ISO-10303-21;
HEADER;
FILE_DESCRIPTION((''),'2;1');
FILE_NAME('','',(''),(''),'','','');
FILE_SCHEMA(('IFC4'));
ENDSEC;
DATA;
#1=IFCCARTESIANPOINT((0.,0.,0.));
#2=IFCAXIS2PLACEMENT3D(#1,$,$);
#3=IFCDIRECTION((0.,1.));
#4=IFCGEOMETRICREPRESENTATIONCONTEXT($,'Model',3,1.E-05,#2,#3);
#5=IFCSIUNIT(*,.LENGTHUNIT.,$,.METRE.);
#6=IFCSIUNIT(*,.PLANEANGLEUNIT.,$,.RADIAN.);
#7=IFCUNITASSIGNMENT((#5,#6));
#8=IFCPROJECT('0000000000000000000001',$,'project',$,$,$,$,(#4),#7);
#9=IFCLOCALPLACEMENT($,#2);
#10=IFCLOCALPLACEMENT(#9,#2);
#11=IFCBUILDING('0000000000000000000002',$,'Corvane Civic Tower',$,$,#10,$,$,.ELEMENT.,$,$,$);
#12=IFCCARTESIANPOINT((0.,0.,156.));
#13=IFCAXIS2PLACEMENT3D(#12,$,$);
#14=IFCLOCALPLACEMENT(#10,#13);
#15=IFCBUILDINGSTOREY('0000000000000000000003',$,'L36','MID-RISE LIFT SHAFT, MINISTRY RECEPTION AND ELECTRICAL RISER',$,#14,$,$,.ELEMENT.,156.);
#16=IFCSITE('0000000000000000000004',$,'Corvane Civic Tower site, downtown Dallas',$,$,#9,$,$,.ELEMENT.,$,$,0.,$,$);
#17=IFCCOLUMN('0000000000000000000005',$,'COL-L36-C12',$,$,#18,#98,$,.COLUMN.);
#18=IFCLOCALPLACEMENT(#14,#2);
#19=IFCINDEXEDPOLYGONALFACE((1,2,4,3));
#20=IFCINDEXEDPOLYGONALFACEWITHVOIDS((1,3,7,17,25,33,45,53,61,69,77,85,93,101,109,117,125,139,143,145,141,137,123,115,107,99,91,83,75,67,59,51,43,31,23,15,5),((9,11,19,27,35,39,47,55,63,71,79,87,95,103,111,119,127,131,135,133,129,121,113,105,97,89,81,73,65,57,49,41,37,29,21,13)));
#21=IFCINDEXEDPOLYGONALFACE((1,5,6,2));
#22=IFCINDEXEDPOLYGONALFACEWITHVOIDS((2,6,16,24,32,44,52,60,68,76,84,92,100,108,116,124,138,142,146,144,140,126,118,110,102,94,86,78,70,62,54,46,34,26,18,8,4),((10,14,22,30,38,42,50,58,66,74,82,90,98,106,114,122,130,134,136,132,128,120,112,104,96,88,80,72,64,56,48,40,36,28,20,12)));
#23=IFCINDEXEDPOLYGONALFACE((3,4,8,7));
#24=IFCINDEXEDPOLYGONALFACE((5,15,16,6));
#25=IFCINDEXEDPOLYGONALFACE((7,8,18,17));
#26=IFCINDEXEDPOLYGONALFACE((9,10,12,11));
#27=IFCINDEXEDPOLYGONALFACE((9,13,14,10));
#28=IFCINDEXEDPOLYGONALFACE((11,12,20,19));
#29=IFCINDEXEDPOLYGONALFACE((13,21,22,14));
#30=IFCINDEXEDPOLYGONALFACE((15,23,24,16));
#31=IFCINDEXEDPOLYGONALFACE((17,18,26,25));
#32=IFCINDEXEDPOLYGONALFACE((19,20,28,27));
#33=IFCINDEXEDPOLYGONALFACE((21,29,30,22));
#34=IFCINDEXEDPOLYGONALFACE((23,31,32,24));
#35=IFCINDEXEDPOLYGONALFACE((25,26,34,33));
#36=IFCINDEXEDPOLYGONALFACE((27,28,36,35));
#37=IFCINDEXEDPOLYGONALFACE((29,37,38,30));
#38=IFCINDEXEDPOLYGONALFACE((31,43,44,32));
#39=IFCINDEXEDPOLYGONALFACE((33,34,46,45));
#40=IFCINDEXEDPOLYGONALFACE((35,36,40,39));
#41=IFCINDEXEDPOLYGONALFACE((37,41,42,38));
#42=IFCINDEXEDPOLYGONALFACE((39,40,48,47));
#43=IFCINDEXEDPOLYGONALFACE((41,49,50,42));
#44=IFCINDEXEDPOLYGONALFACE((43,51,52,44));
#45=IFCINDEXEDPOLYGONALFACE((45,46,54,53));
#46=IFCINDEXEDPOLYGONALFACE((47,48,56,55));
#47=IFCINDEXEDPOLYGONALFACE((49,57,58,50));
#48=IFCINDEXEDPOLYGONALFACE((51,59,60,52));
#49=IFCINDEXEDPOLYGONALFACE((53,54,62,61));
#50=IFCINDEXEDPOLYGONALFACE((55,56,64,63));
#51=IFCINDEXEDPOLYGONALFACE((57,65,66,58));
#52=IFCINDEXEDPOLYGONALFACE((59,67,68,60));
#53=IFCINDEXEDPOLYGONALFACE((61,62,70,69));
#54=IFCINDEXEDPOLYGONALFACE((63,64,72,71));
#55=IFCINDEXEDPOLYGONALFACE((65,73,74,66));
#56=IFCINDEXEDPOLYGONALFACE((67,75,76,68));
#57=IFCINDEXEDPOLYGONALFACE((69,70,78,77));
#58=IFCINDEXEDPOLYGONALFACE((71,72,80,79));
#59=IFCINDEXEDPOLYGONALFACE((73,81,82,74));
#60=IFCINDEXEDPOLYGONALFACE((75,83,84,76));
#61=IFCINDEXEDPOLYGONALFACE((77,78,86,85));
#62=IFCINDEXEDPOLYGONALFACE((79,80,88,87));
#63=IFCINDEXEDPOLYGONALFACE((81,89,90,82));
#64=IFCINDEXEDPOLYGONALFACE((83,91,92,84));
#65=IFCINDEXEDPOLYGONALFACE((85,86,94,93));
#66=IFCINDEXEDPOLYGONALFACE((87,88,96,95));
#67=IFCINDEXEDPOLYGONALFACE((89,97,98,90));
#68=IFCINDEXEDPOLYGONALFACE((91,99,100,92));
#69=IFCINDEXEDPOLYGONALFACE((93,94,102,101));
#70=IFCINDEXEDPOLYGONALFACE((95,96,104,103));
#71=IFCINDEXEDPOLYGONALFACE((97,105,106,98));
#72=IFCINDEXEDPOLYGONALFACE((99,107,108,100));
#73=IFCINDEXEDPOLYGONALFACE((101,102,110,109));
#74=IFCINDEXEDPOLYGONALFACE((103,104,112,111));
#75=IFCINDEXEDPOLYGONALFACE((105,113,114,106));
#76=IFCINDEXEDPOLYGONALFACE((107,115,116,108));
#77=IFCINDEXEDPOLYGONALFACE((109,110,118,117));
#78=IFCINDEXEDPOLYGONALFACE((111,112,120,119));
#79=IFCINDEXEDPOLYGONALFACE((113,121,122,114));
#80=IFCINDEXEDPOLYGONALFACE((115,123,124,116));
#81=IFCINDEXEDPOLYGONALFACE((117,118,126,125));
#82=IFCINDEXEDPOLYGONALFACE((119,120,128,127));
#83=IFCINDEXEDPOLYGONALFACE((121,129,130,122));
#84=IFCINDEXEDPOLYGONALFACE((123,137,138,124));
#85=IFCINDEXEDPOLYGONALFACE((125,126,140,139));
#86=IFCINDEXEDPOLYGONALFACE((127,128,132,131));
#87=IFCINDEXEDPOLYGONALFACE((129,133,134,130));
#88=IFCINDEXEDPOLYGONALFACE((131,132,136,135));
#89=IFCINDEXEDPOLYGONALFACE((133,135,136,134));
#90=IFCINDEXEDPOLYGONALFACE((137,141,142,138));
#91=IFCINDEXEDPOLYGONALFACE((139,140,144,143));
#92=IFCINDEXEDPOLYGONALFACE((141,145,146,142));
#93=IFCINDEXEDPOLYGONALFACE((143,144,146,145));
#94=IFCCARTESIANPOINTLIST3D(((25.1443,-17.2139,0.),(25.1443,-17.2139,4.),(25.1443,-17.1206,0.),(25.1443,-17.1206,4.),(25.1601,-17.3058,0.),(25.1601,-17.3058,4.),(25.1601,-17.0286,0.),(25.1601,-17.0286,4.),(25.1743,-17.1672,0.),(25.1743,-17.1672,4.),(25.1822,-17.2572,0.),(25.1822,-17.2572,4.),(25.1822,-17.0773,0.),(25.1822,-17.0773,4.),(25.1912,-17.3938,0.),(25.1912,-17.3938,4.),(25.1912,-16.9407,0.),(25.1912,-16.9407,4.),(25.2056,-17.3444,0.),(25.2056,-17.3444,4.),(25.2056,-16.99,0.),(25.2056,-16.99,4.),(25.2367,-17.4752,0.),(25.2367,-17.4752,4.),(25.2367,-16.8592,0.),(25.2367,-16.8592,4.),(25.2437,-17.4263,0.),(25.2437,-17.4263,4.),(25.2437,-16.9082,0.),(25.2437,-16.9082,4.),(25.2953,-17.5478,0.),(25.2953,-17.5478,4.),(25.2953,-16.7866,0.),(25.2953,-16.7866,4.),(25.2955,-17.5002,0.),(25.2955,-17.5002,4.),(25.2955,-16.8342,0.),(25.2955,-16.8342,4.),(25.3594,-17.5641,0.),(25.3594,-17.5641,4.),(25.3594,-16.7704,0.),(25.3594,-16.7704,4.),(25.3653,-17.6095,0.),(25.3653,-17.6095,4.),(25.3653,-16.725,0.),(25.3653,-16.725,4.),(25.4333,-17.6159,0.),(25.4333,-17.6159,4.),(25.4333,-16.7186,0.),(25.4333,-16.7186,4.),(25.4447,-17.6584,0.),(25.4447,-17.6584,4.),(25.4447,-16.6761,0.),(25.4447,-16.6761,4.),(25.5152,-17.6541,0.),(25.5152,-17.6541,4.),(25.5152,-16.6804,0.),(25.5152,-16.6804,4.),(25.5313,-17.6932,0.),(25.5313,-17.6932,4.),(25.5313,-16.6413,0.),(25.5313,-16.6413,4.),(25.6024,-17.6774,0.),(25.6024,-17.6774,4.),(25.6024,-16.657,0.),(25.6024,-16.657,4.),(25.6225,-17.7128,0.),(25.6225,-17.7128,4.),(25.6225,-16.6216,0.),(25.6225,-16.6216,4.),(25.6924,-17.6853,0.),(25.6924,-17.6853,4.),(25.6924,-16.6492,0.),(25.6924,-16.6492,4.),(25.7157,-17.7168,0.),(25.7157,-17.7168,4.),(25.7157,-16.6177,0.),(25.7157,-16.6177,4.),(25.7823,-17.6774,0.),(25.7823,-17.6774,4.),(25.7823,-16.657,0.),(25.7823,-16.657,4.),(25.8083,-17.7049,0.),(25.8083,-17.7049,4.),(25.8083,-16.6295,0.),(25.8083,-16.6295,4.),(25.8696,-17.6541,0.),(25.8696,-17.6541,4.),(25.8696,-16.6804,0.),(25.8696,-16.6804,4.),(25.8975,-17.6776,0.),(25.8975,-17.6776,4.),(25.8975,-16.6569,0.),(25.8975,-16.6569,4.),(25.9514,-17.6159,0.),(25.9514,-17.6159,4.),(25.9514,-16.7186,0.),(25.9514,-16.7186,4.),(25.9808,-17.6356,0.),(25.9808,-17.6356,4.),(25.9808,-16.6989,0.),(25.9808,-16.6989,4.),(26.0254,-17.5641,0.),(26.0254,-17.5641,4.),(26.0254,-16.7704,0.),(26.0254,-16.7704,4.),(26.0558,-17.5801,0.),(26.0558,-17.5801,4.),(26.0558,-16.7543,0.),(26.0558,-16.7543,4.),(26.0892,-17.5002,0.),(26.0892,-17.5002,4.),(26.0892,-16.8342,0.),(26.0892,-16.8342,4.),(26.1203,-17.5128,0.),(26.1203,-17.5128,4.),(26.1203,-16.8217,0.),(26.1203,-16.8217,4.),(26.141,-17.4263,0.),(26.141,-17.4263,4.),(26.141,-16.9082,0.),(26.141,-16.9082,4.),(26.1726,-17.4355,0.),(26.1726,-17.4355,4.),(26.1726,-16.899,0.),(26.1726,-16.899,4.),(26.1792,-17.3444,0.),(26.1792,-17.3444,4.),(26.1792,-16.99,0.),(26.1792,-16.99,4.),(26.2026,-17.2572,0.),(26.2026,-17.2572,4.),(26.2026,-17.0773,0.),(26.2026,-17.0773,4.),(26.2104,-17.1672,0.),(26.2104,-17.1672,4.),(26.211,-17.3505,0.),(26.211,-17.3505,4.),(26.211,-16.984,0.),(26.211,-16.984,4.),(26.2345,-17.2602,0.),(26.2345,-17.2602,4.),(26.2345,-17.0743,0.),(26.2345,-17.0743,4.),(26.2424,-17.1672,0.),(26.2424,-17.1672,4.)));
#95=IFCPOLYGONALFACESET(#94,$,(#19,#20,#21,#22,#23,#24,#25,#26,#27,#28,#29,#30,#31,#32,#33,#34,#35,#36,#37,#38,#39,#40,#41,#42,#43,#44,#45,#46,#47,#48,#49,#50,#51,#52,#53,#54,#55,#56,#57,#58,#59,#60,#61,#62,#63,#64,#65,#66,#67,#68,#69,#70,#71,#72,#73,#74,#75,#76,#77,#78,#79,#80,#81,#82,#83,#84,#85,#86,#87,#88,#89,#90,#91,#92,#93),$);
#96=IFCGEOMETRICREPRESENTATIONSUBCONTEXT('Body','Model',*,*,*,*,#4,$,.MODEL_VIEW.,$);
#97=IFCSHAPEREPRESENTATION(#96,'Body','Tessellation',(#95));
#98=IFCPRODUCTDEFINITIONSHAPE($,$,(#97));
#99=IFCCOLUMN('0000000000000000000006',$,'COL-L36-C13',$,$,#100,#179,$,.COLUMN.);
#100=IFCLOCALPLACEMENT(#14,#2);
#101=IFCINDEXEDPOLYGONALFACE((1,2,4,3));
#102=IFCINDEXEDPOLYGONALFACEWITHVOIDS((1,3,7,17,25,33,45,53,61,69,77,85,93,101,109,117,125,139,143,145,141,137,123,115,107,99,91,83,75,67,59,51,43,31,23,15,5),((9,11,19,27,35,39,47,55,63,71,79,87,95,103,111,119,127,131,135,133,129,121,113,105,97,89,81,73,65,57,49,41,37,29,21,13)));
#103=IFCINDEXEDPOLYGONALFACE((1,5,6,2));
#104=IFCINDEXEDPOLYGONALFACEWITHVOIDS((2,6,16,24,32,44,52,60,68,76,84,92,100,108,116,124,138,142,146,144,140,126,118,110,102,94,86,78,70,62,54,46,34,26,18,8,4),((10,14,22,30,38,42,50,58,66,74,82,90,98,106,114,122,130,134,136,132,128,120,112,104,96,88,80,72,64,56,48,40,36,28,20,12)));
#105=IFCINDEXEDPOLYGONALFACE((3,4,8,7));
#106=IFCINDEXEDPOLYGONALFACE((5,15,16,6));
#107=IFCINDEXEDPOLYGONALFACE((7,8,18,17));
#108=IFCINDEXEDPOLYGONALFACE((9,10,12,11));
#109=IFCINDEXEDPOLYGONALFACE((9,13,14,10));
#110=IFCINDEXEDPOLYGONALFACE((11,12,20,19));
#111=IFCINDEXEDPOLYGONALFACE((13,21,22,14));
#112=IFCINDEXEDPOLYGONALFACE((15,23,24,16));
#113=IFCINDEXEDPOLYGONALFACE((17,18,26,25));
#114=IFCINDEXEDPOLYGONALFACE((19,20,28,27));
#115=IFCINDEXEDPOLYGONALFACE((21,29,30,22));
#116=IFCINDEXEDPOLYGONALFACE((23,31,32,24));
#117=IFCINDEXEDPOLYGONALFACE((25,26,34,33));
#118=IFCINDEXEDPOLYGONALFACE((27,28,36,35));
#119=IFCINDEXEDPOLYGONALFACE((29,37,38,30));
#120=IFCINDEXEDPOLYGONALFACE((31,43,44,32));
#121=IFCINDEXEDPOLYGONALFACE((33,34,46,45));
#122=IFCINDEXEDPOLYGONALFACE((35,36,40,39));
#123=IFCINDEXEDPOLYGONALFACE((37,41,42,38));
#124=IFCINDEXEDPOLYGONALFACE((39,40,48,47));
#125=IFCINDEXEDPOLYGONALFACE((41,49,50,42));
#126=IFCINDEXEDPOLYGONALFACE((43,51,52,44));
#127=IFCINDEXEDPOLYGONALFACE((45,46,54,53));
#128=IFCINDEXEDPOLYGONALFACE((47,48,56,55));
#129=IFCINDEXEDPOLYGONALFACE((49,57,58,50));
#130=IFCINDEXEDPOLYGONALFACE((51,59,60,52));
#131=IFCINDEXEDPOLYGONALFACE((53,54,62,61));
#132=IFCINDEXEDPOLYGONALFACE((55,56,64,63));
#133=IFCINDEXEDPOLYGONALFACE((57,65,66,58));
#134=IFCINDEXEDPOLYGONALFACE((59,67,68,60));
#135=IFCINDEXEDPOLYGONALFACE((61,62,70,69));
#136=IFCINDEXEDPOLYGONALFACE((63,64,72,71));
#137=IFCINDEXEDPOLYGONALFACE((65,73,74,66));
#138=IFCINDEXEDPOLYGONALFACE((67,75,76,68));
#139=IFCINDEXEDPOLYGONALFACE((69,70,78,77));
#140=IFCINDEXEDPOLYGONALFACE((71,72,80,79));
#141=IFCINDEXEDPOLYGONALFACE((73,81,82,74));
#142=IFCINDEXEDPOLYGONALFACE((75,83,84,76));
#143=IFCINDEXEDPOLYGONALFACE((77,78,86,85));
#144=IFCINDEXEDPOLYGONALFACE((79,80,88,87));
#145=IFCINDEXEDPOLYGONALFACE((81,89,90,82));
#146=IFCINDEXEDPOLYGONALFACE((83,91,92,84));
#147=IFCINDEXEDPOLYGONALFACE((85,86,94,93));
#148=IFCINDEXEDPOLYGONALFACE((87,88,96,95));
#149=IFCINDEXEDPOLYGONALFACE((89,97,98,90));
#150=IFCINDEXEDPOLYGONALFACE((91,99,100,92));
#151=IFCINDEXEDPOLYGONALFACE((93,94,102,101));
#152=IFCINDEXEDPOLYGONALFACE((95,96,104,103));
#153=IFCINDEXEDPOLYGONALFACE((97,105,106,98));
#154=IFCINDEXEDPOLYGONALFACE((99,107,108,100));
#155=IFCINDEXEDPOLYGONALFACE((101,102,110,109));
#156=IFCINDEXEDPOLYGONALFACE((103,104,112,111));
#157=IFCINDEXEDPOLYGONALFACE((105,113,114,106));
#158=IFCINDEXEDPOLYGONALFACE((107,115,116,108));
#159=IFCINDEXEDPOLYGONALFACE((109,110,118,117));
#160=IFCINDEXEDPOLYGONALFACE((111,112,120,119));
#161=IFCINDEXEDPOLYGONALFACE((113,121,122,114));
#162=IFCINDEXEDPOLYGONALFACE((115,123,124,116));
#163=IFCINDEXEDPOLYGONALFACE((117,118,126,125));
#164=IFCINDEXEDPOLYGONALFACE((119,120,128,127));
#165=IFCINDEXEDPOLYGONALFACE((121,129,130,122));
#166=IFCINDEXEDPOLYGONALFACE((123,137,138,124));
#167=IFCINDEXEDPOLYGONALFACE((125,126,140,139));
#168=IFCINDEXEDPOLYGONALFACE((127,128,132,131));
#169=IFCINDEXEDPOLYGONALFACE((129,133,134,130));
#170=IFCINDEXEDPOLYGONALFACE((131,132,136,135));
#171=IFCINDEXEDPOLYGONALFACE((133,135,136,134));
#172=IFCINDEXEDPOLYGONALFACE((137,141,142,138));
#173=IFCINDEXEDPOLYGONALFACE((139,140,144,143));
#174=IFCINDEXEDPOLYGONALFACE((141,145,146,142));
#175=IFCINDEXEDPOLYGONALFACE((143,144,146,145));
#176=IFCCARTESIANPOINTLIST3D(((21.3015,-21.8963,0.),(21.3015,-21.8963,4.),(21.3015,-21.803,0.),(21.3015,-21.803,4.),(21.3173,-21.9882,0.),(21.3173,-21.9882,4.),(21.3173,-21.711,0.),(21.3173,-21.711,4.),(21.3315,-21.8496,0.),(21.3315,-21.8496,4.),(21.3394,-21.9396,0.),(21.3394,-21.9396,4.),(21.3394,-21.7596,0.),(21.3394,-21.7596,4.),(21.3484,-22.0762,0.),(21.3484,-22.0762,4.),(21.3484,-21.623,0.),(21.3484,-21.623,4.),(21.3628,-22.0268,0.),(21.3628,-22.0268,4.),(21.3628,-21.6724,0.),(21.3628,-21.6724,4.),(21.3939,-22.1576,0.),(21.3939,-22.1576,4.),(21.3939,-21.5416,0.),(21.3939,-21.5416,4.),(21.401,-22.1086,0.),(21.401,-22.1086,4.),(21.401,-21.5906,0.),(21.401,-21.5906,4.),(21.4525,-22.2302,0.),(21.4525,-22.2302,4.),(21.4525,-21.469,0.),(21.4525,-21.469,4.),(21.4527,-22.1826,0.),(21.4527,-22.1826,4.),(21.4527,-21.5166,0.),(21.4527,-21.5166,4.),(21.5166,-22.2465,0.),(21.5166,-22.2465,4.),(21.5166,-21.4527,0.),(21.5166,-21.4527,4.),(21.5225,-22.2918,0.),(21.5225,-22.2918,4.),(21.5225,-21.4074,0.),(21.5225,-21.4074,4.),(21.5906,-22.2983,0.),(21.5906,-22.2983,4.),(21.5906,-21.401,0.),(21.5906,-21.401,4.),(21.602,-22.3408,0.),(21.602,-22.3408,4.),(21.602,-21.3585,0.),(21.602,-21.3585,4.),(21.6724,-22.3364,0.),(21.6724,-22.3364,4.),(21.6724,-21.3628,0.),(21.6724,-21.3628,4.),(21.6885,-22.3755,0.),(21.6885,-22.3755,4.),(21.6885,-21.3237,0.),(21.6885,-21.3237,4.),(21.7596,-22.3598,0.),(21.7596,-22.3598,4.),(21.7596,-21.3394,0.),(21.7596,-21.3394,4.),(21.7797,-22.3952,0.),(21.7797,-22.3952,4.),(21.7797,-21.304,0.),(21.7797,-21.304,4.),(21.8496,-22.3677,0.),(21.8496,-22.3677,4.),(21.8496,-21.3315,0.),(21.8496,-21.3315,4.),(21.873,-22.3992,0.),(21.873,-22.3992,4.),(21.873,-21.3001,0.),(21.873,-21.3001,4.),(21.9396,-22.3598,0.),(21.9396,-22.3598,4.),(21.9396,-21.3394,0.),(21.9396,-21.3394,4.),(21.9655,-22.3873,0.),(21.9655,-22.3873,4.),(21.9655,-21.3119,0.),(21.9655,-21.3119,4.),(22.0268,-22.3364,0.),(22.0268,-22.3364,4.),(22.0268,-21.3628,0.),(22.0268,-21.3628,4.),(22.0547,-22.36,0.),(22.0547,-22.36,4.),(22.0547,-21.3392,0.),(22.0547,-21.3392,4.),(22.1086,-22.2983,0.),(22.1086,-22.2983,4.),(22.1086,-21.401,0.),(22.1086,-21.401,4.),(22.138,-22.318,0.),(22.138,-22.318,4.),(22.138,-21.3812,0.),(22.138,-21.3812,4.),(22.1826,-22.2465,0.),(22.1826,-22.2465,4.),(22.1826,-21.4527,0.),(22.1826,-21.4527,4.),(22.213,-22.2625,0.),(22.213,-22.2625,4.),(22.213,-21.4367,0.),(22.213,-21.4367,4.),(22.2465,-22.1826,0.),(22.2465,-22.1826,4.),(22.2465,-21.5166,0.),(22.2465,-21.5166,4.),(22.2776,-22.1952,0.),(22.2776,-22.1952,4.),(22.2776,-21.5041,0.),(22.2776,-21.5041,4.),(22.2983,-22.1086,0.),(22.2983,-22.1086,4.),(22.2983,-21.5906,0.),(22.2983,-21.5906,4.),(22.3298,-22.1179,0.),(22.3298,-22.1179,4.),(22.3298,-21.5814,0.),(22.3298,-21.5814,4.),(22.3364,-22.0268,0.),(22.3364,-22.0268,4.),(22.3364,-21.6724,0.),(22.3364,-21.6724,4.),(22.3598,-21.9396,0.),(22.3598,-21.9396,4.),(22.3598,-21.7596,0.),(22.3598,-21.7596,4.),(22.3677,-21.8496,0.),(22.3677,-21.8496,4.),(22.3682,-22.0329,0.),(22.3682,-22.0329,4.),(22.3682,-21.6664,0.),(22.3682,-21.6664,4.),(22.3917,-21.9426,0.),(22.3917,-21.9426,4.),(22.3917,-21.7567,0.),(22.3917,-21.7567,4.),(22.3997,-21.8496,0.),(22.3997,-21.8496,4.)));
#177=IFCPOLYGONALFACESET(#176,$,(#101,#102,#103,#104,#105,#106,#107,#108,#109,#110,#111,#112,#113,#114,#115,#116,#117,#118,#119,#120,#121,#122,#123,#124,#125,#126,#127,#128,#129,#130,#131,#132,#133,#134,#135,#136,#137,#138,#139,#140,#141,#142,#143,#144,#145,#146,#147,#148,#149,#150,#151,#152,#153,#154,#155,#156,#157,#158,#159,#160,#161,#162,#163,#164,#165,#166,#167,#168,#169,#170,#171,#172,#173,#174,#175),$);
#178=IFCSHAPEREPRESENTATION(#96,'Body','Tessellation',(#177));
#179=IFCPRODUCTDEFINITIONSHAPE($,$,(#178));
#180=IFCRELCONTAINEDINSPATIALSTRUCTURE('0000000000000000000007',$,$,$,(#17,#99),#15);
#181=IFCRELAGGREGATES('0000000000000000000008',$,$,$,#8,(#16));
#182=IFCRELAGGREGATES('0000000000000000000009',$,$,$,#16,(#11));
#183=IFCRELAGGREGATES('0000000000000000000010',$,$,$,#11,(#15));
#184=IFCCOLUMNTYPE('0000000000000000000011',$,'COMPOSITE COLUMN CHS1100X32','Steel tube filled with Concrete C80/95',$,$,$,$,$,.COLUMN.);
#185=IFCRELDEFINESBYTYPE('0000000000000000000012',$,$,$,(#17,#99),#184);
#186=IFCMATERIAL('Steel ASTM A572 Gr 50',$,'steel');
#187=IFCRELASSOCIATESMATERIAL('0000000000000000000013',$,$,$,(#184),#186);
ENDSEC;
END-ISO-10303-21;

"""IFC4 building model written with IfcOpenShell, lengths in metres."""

from ifc_helpers import new_model, si_unit, direction, frame, origin, origin_2d, place, context, subcontext, project, spatial, hollow_circle, extrude, material, material_profile, profile_set, type_object, element, save


model = new_model("IFC4")

# Units and contexts
model_context = context("Model", 3, precision=1e-05, world=origin(), true_north=direction((0.0, 1.0)))
body_context = subcontext(model_context, "Body", "Model", "MODEL_VIEW")
ifc_project = project(units=[si_unit("LENGTHUNIT", "METRE"), si_unit("PLANEANGLEUNIT", "RADIAN")], contexts=[model_context])

# Site, building, storey
site_placement = place(None, origin())
site = spatial("IfcSite", under=ifc_project, at=site_placement, Name="Corvane Civic Tower site, downtown Dallas", CompositionType="ELEMENT", RefElevation=0.0)
building_placement = place(site_placement, origin())
building = spatial("IfcBuilding", under=site, at=building_placement, Name="Corvane Civic Tower", CompositionType="ELEMENT")
storey_placement = place(building_placement, frame((0.0, 0.0, 156.0)))
storey = spatial("IfcBuildingStorey", under=building, at=storey_placement, Name="L36", Description="MID-RISE LIFT SHAFT, MINISTRY RECEPTION AND ELECTRICAL RISER", CompositionType="ELEMENT", Elevation=156.0)

# Columns
ifc_material_1 = material(Name="Steel ASTM A572 Gr 50", Category="steel")
ifc_material_profile_1 = material_profile(ifc_material_1, hollow_circle(Radius=0.55, WallThickness=0.032, at=origin_2d()), Name="CHS1100X32")
ifc_profile_set_1 = profile_set([ifc_material_profile_1], Name="Steel ASTM A572 Gr 50")
column_type = type_object("IfcColumnType", Name="COMPOSITE COLUMN CHS1100X32", Description="Steel tube filled with Concrete C80/95", PredefinedType="COLUMN", material=ifc_profile_set_1)
for number, where, z_axis, x_axis, name in (
    (1, (25.6924, -17.1672, 0.0), (0.0, 0.0, 1.0), (1.0, 0.0, 0.0), "COL-L36-C12"),
    (2, (21.8496, -21.8496, 0.0), (0.0, 0.0, 1.0), (1.0, 0.0, 0.0), "COL-L36-C13"),
):
    element("IfcColumn", number, at=place(storey_placement, frame(where, z_axis=z_axis, x_axis=x_axis)), inside=storey, type_object=column_type, Name=name, PredefinedType="COLUMN", context=body_context, shape_type="SweptSolid", body=[
        extrude(hollow_circle(Radius=0.55, WallThickness=0.032, at=origin_2d()), origin(), (0.0, 0.0, 1.0), 4.0),
    ])

save(model, "model.ifc")
